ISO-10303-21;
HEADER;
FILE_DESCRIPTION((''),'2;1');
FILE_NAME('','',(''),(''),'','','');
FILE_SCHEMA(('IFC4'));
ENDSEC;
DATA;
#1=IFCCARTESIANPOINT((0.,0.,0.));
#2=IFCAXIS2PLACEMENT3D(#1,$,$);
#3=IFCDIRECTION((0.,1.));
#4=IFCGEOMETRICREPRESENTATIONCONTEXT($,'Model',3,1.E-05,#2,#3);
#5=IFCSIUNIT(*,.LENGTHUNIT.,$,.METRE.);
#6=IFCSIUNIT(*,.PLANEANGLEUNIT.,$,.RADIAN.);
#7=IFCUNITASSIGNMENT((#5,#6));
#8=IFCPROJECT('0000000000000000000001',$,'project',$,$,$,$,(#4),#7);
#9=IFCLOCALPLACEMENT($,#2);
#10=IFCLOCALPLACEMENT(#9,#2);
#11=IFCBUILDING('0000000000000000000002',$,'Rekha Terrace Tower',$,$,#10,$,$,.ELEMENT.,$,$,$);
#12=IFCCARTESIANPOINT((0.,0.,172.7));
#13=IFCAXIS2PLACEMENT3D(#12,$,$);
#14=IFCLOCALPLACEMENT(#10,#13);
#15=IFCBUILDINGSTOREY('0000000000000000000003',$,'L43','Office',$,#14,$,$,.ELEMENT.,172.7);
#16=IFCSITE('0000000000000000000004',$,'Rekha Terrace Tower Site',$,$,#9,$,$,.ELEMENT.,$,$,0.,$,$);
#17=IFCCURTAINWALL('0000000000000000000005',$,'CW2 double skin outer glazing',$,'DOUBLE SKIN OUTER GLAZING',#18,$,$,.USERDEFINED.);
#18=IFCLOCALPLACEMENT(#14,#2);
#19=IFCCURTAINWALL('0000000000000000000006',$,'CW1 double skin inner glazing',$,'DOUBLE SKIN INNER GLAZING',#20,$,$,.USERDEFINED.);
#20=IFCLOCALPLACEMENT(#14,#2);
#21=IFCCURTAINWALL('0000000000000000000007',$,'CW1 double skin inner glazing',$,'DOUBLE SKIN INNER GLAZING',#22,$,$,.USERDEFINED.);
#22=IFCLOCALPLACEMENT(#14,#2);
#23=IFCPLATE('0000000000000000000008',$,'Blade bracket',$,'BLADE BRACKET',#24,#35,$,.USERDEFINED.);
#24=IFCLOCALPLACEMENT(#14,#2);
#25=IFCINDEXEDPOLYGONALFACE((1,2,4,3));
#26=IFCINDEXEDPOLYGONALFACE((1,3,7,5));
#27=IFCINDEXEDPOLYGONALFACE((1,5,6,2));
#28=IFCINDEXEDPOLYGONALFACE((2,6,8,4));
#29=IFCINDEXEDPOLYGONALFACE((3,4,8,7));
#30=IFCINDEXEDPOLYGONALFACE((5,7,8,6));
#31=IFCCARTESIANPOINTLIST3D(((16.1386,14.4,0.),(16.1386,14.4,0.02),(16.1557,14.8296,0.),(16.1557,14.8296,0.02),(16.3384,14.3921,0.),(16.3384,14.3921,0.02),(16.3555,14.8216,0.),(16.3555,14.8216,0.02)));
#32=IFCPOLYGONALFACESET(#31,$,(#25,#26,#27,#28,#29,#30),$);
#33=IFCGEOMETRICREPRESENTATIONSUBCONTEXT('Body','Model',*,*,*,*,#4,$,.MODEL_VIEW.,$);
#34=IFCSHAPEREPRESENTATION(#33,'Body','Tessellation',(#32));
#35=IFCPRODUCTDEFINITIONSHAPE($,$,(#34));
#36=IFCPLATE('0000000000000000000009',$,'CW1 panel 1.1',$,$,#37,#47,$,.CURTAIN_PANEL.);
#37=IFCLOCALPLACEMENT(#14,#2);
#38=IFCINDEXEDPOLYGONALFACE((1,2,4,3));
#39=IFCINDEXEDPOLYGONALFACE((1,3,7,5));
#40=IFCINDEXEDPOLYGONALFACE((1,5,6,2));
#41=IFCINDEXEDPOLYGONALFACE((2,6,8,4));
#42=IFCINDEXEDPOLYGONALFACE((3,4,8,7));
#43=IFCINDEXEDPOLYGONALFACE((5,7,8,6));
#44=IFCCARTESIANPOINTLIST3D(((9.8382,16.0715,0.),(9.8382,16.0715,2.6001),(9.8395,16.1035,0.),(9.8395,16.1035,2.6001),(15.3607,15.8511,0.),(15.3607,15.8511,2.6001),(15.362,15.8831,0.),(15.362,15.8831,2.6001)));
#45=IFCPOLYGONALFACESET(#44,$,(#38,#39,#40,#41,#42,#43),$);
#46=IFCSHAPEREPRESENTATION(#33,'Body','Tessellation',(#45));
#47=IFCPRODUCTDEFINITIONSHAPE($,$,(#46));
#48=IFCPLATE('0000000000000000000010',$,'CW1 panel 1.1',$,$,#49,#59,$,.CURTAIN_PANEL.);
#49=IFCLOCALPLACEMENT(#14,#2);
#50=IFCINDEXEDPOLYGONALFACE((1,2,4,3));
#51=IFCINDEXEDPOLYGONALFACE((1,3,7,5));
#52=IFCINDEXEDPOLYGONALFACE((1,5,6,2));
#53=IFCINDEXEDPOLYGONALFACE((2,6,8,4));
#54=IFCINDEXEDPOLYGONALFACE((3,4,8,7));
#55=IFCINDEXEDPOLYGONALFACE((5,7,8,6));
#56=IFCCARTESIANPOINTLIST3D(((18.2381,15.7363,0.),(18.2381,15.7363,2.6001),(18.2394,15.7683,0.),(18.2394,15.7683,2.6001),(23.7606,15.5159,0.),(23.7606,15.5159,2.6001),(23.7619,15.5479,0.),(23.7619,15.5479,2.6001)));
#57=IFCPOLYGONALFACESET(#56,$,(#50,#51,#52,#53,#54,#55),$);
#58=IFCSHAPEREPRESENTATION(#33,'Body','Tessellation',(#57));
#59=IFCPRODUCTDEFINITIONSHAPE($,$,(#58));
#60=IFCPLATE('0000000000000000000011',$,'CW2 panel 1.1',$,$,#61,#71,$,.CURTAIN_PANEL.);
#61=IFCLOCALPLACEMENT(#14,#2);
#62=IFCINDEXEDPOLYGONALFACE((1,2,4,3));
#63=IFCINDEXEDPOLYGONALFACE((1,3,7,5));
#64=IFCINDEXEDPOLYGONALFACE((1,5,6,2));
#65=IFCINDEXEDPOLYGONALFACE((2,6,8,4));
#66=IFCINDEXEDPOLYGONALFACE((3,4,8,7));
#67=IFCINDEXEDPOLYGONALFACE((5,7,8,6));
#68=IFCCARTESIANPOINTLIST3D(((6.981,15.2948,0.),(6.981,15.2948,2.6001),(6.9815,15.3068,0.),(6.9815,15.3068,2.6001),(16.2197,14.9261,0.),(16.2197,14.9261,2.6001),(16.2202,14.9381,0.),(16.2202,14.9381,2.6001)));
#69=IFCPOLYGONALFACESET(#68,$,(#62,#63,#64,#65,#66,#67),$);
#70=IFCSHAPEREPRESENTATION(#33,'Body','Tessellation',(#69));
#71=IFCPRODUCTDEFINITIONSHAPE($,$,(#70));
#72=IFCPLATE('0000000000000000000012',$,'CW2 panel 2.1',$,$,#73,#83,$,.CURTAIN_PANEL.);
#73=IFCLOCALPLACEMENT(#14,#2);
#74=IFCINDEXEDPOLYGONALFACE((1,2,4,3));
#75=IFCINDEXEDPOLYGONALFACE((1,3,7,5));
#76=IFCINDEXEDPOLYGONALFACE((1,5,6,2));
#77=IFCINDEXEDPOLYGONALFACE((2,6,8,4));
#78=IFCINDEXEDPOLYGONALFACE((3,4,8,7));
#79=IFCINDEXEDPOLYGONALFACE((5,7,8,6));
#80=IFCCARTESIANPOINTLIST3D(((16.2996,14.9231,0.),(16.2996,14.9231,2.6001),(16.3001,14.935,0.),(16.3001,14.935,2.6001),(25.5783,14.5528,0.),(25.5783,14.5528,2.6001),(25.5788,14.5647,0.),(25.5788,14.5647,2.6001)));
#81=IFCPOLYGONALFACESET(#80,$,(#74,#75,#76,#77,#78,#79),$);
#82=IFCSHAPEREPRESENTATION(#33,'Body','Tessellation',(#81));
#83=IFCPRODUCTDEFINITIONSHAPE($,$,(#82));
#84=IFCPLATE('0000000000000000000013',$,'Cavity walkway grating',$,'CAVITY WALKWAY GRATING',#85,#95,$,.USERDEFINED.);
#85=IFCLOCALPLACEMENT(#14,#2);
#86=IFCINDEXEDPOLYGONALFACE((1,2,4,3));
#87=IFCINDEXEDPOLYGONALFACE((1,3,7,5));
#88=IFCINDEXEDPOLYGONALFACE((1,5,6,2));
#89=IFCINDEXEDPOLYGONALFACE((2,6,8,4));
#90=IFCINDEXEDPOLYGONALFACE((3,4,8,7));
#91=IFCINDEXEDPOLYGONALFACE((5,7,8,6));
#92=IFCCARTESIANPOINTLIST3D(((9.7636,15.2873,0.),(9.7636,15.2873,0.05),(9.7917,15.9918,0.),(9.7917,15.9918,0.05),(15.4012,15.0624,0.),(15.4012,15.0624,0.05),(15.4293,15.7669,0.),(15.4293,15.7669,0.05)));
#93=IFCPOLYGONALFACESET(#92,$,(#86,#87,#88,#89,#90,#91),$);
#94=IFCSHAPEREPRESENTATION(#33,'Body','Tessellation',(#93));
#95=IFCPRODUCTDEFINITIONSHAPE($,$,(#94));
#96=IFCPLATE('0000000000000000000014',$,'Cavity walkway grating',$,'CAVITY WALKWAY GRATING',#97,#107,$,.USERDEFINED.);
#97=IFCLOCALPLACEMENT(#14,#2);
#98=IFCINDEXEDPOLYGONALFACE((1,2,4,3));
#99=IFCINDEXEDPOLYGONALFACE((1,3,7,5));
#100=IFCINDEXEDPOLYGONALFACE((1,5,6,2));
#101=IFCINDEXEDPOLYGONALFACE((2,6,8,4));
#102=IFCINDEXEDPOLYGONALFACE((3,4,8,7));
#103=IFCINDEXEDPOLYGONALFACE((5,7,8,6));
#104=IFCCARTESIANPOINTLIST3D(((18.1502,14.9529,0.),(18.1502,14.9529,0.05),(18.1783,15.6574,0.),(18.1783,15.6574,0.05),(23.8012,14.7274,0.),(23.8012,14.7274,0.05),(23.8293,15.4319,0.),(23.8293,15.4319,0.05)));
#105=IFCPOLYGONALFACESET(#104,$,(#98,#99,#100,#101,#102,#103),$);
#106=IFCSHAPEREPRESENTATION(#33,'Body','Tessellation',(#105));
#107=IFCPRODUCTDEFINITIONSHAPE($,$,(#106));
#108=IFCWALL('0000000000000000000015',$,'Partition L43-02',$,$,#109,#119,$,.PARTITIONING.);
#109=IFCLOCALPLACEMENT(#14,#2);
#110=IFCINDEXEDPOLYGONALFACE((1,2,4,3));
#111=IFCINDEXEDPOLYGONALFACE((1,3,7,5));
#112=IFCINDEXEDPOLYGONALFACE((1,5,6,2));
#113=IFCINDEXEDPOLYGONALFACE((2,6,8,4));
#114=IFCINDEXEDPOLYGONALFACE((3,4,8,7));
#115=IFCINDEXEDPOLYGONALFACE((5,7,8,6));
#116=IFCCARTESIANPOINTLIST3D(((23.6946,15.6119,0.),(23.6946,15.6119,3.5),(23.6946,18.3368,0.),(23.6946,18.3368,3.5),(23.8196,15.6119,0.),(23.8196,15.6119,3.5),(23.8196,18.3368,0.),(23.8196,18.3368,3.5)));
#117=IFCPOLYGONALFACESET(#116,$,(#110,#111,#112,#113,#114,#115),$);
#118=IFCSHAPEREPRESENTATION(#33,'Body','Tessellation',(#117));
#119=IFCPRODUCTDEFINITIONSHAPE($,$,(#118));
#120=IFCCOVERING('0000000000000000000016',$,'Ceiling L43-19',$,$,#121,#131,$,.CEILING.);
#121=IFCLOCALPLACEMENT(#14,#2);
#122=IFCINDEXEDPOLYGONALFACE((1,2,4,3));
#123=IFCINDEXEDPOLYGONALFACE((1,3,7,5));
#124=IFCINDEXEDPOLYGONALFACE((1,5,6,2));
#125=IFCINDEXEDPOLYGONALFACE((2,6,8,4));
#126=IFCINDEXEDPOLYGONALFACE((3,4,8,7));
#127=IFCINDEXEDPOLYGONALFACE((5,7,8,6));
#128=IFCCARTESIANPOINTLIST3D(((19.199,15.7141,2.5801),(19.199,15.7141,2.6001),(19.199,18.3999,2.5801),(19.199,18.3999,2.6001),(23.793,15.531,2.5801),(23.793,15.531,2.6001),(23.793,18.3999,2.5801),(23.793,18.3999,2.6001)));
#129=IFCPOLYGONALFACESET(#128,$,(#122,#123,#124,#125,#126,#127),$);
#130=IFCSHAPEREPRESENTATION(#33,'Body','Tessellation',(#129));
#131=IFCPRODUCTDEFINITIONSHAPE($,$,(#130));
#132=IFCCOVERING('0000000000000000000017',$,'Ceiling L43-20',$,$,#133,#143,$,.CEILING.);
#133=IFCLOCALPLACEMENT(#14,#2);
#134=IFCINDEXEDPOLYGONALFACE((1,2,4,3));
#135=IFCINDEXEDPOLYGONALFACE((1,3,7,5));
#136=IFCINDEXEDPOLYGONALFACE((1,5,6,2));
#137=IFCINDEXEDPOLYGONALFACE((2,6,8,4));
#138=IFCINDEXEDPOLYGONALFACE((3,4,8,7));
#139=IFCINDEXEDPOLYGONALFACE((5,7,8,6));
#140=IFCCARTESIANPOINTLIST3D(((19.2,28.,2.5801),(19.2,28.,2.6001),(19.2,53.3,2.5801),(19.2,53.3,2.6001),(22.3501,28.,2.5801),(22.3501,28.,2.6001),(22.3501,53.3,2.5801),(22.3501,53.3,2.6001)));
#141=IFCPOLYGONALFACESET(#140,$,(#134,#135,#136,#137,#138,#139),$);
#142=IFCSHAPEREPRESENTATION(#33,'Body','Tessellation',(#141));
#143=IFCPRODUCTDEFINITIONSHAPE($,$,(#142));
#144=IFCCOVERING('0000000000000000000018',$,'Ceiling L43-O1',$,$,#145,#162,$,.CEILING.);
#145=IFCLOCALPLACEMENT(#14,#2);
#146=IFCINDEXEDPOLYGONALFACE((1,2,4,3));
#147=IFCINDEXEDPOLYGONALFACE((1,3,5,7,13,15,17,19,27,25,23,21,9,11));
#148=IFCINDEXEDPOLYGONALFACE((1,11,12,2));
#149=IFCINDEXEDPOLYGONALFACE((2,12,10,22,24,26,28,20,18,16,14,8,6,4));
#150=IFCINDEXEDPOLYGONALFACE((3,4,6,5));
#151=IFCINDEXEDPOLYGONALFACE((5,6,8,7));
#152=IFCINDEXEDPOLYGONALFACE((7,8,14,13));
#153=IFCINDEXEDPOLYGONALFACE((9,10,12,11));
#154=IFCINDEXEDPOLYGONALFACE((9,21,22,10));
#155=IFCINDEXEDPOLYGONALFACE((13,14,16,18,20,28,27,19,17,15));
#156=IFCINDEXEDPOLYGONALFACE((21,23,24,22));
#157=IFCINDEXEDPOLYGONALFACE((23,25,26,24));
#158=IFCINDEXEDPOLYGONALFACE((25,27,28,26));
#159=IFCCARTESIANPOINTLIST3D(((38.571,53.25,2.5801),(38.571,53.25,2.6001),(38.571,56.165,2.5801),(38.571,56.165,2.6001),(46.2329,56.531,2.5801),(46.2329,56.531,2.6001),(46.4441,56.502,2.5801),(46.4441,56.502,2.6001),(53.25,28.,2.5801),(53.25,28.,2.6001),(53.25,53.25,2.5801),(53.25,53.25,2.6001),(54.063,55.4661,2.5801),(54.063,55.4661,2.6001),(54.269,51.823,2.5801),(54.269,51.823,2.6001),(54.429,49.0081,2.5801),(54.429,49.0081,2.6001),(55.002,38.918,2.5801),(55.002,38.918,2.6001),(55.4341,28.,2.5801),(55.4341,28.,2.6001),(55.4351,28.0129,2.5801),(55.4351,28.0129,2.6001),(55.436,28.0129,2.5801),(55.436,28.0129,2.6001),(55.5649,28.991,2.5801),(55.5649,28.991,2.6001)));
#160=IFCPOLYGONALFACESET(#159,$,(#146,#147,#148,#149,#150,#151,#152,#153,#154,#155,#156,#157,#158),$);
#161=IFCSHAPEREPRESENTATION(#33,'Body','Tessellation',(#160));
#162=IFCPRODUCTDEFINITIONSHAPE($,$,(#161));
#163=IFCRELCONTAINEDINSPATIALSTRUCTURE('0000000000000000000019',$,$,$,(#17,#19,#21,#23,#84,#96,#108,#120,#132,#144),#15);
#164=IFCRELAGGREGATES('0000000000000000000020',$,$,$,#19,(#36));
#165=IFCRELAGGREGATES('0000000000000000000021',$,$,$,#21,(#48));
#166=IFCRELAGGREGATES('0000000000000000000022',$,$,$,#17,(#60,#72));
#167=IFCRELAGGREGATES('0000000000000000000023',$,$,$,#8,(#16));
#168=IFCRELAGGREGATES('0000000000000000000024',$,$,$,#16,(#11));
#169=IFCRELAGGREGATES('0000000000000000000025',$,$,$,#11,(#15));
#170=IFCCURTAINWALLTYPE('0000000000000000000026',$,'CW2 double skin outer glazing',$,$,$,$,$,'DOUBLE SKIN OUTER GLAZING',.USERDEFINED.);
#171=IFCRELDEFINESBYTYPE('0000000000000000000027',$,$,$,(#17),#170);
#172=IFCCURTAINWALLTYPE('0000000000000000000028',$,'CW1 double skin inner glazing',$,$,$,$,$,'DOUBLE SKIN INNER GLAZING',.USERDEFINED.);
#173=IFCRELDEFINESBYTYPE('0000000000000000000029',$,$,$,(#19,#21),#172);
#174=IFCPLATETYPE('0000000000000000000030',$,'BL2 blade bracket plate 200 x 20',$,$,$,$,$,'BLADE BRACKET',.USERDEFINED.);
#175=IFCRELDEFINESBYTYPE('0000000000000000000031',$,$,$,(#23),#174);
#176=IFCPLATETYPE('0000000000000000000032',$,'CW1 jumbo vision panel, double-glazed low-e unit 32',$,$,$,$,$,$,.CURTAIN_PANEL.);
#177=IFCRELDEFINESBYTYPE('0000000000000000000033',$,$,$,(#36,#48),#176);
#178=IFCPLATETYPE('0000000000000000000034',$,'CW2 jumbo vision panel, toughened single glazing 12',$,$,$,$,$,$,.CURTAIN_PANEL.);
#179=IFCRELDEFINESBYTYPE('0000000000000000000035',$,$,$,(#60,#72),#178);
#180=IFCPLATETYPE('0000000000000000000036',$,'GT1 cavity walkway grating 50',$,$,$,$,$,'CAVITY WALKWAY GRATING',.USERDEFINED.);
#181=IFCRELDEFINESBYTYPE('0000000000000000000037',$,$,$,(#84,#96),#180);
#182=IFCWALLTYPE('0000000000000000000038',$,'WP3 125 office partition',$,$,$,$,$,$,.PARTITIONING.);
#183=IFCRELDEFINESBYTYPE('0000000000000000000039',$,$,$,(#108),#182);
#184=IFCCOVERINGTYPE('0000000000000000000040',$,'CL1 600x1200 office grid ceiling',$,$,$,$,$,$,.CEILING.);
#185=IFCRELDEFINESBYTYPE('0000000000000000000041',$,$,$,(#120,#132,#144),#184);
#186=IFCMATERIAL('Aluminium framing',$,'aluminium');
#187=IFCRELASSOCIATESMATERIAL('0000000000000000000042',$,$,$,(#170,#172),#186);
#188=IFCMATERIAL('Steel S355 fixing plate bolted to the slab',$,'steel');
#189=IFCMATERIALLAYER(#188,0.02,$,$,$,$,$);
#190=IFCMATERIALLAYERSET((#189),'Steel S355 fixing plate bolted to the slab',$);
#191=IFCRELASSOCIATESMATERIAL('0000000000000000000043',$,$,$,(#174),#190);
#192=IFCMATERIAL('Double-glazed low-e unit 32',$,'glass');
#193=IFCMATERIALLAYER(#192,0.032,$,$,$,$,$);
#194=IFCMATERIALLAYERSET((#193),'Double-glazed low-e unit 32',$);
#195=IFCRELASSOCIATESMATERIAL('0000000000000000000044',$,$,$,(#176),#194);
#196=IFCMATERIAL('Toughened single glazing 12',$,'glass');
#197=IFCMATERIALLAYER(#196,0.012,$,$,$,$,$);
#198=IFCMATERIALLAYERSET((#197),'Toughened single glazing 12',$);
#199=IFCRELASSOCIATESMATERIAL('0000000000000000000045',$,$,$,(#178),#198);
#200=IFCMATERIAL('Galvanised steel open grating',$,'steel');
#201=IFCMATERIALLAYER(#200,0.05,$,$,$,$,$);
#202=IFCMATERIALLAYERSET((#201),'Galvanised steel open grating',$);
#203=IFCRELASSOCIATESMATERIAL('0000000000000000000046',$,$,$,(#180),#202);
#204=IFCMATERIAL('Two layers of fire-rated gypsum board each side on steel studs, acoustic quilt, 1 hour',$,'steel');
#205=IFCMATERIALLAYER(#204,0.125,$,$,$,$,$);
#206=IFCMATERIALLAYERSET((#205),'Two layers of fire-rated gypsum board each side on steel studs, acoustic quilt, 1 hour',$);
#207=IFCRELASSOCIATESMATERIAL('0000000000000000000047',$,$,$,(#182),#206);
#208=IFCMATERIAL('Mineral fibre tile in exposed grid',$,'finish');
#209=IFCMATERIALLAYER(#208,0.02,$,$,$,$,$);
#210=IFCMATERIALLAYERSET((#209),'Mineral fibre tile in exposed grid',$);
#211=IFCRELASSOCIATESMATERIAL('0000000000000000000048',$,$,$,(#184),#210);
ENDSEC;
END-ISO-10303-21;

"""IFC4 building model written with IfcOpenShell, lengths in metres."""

from ifc_helpers import new_model, si_unit, direction, frame, frame_2d, origin, origin_2d, place, context, subcontext, project, spatial, polyline, rectangle, outline, extrude, material, layer, layer_set, type_object, element, aggregate, save


model = new_model("IFC4")

# Units and contexts
model_context = context("Model", 3, precision=1e-05, world=origin(), true_north=direction((0.0, 1.0)))
body_context = subcontext(model_context, "Body", "Model", "MODEL_VIEW")
ifc_project = project(units=[si_unit("LENGTHUNIT", "METRE"), si_unit("PLANEANGLEUNIT", "RADIAN")], contexts=[model_context])

# Site, building, storey
site_placement = place(None, origin())
site = spatial("IfcSite", under=ifc_project, at=site_placement, Name="Rekha Terrace Tower Site", CompositionType="ELEMENT", RefElevation=0.0)
building_placement = place(site_placement, origin())
building = spatial("IfcBuilding", under=site, at=building_placement, Name="Rekha Terrace Tower", CompositionType="ELEMENT")
storey_placement = place(building_placement, frame((0.0, 0.0, 172.7)))
storey = spatial("IfcBuildingStorey", under=building, at=storey_placement, Name="L43", Description="Office", CompositionType="ELEMENT", Elevation=172.7)

# Curtain wall
ifc_material_1 = material(Name="Aluminium framing", Category="aluminium")
curtain_wall_type_1 = type_object("IfcCurtainWallType", Name="CW2 double skin outer glazing", ElementType="DOUBLE SKIN OUTER GLAZING", PredefinedType="USERDEFINED", material=ifc_material_1)
curtain_wall_1_placement = place(storey_placement, origin())
curtain_wall_1 = element("IfcCurtainWall", 1, at=curtain_wall_1_placement, inside=storey, type_object=curtain_wall_type_1, Name="CW2 double skin outer glazing", ObjectType="DOUBLE SKIN OUTER GLAZING", PredefinedType="USERDEFINED")

# Curtain wall
curtain_wall_type_2 = type_object("IfcCurtainWallType", Name="CW1 double skin inner glazing", ElementType="DOUBLE SKIN INNER GLAZING", PredefinedType="USERDEFINED", material=ifc_material_1)
curtain_wall_2_placement = place(storey_placement, origin())
curtain_wall_2 = element("IfcCurtainWall", 2, at=curtain_wall_2_placement, inside=storey, type_object=curtain_wall_type_2, Name="CW1 double skin inner glazing", ObjectType="DOUBLE SKIN INNER GLAZING", PredefinedType="USERDEFINED")

# Curtain wall
curtain_wall_3_placement = place(storey_placement, origin())
curtain_wall_3 = element("IfcCurtainWall", 3, at=curtain_wall_3_placement, inside=storey, type_object=curtain_wall_type_2, Name="CW1 double skin inner glazing", ObjectType="DOUBLE SKIN INNER GLAZING", PredefinedType="USERDEFINED")

# Plates
ifc_material_2 = material(Name="Steel S355 fixing plate bolted to the slab", Category="steel")
ifc_layer_1 = layer(ifc_material_2, 0.02)
ifc_layer_set_1 = layer_set([ifc_layer_1], Name="Steel S355 fixing plate bolted to the slab")
plate_type_1 = type_object("IfcPlateType", Name="BL2 blade bracket plate 200 x 20", ElementType="BLADE BRACKET", PredefinedType="USERDEFINED", material=ifc_layer_set_1)
plate_1_placement = place(storey_placement, frame((16.2471, 14.6108, 0.0), z_axis=(0.0, 0.0, 1.0), x_axis=(-0.039872, -0.999205, 0.0)))
element("IfcPlate", 4, at=plate_1_placement, inside=storey, type_object=plate_type_1, Name="Blade bracket", ObjectType="BLADE BRACKET", PredefinedType="USERDEFINED", context=body_context, shape_type="SweptSolid", body=[
    extrude(rectangle(XDim=0.4299, YDim=0.2, at=origin_2d()), origin(), (0.0, 0.0, 1.0), 0.02),
])
ifc_material_3 = material(Name="Double-glazed low-e unit 32", Category="glass")
ifc_layer_2 = layer(ifc_material_3, 0.032)
ifc_layer_set_2 = layer_set([ifc_layer_2], Name="Double-glazed low-e unit 32")
plate_type_2 = type_object("IfcPlateType", Name="CW1 jumbo vision panel, double-glazed low-e unit 32", PredefinedType="CURTAIN_PANEL", material=ifc_layer_set_2)
plate_2_placement = place(storey_placement, frame((12.6001, 15.9773, 0.0), z_axis=(0.0, 0.0, 1.0), x_axis=(0.999205, -0.039872, 0.0)))
plate_2 = element("IfcPlate", 5, at=plate_2_placement, type_object=plate_type_2, Name="CW1 panel 1.1", PredefinedType="CURTAIN_PANEL", context=body_context, shape_type="SweptSolid", body=[
    extrude(rectangle(XDim=5.5269, YDim=0.032, at=origin_2d()), origin(), (0.0, 0.0, 1.0), 2.6001),
])
aggregate(curtain_wall_2, [plate_2])
plate_3_placement = place(storey_placement, frame((21.0, 15.6421, 0.0), z_axis=(0.0, 0.0, 1.0), x_axis=(0.999205, -0.039872, 0.0)))
plate_3 = element("IfcPlate", 6, at=plate_3_placement, type_object=plate_type_2, Name="CW1 panel 1.1", PredefinedType="CURTAIN_PANEL", context=body_context, shape_type="SweptSolid", body=[
    extrude(rectangle(XDim=5.5269, YDim=0.032, at=origin_2d()), origin(), (0.0, 0.0, 1.0), 2.6001),
])
aggregate(curtain_wall_3, [plate_3])
ifc_material_4 = material(Name="Toughened single glazing 12", Category="glass")
ifc_layer_3 = layer(ifc_material_4, 0.012)
ifc_layer_set_3 = layer_set([ifc_layer_3], Name="Toughened single glazing 12")
plate_type_3 = type_object("IfcPlateType", Name="CW2 jumbo vision panel, toughened single glazing 12", PredefinedType="CURTAIN_PANEL", material=ifc_layer_set_3)
plate_4_placement = place(storey_placement, frame((11.6006, 15.1165, 0.0), z_axis=(0.0, 0.0, 1.0), x_axis=(0.999205, -0.039872, 0.0)))
plate_4 = element("IfcPlate", 7, at=plate_4_placement, type_object=plate_type_3, Name="CW2 panel 1.1", PredefinedType="CURTAIN_PANEL", context=body_context, shape_type="SweptSolid", body=[
    extrude(rectangle(XDim=9.2461, YDim=0.012, at=origin_2d()), origin(), (0.0, 0.0, 1.0), 2.6001),
])
plate_5_placement = place(storey_placement, frame((20.9392, 14.7439, 0.0), z_axis=(0.0, 0.0, 1.0), x_axis=(0.999205, -0.039872, 0.0)))
plate_5 = element("IfcPlate", 8, at=plate_5_placement, type_object=plate_type_3, Name="CW2 panel 2.1", PredefinedType="CURTAIN_PANEL", context=body_context, shape_type="SweptSolid", body=[
    extrude(rectangle(XDim=9.2861, YDim=0.012, at=origin_2d()), origin(), (0.0, 0.0, 1.0), 2.6001),
])
aggregate(curtain_wall_1, [plate_4, plate_5])

# Plates
ifc_material_5 = material(Name="Galvanised steel open grating", Category="steel")
ifc_layer_4 = layer(ifc_material_5, 0.05)
ifc_layer_set_4 = layer_set([ifc_layer_4], Name="Galvanised steel open grating")
plate_type_4 = type_object("IfcPlateType", Name="GT1 cavity walkway grating 50", ElementType="CAVITY WALKWAY GRATING", PredefinedType="USERDEFINED", material=ifc_layer_set_4)
plate_6_placement = place(storey_placement, frame((12.5964, 15.5271, 0.0), z_axis=(0.0, 0.0, 1.0), x_axis=(0.999205, -0.039872, 0.0)))
element("IfcPlate", 9, at=plate_6_placement, inside=storey, type_object=plate_type_4, Name="Cavity walkway grating", ObjectType="CAVITY WALKWAY GRATING", PredefinedType="USERDEFINED", context=body_context, shape_type="SweptSolid", body=[
    extrude(rectangle(XDim=5.6421, YDim=0.7051, at=origin_2d()), origin(), (0.0, 0.0, 1.0), 0.05),
])
plate_7_placement = place(storey_placement, frame((20.9897, 15.1924, 0.0), z_axis=(0.0, 0.0, 1.0), x_axis=(0.999205, -0.039872, 0.0)))
element("IfcPlate", 10, at=plate_7_placement, inside=storey, type_object=plate_type_4, Name="Cavity walkway grating", ObjectType="CAVITY WALKWAY GRATING", PredefinedType="USERDEFINED", context=body_context, shape_type="SweptSolid", body=[
    extrude(rectangle(XDim=5.6555, YDim=0.7051, at=origin_2d()), origin(), (0.0, 0.0, 1.0), 0.05),
])

# Wall
ifc_material_6 = material(Name="Two layers of fire-rated gypsum board each side on steel studs, acoustic quilt, 1 hour", Category="steel")
ifc_layer_5 = layer(ifc_material_6, 0.125)
ifc_layer_set_5 = layer_set([ifc_layer_5], Name="Two layers of fire-rated gypsum board each side on steel studs, acoustic quilt, 1 hour")
wall_type = type_object("IfcWallType", Name="WP3 125 office partition", PredefinedType="PARTITIONING", material=ifc_layer_set_5)
wall_placement = place(storey_placement, frame((23.7571, 15.6121, 0.0), z_axis=(0.0, 0.0, 1.0), x_axis=(0.0, 1.0, 0.0)))
element("IfcWall", 11, at=wall_placement, inside=storey, type_object=wall_type, Name="Partition L43-02", PredefinedType="PARTITIONING", context=body_context, shape_type="SweptSolid", body=[
    extrude(rectangle(XDim=2.7249, YDim=0.125, at=frame_2d((1.3623, 0.0))), origin(), (0.0, 0.0, 1.0), 3.5),
])

# Coverings
ifc_material_7 = material(Name="Mineral fibre tile in exposed grid", Category="finish")
ifc_layer_6 = layer(ifc_material_7, 0.02)
ifc_layer_set_6 = layer_set([ifc_layer_6], Name="Mineral fibre tile in exposed grid")
covering_type_1 = type_object("IfcCoveringType", Name="CL1 600x1200 office grid ceiling", PredefinedType="CEILING", material=ifc_layer_set_6)
covering_1_placement = place(storey_placement, frame((0.0, 0.0, 2.5801)))
element("IfcCovering", 12, at=covering_1_placement, inside=storey, type_object=covering_type_1, Name="Ceiling L43-19", PredefinedType="CEILING", context=body_context, shape_type="SweptSolid", body=[
    extrude(outline(polyline([(19.199, 15.7141), (23.793, 15.531), (23.793, 18.3999), (19.199, 18.3999), (19.199, 15.7141)])), origin(), (0.0, 0.0, 1.0), 0.02),
])
covering_2_placement = place(storey_placement, frame((0.0, 0.0, 2.5801)))
element("IfcCovering", 13, at=covering_2_placement, inside=storey, type_object=covering_type_1, Name="Ceiling L43-20", PredefinedType="CEILING", context=body_context, shape_type="SweptSolid", body=[
    extrude(outline(polyline([(19.2, 53.3), (19.2, 28.0), (22.3501, 28.0), (22.3501, 53.3), (19.2, 53.3)])), origin(), (0.0, 0.0, 1.0), 0.02),
])
covering_3_placement = place(storey_placement, frame((0.0, 0.0, 2.5801)))
element("IfcCovering", 14, at=covering_3_placement, inside=storey, type_object=covering_type_1, Name="Ceiling L43-O1", PredefinedType="CEILING", context=body_context, shape_type="SweptSolid", body=[
    extrude(outline(polyline([(54.063, 55.4661), (46.4441, 56.502), (46.2329, 56.531), (38.571, 56.165), (38.571, 53.25), (53.25, 53.25), (53.25, 28.0), (55.4341, 28.0), (55.4351, 28.0129), (55.436, 28.0129), (55.5649, 28.991), (55.002, 38.918), (54.429, 49.0081), (54.269, 51.823), (54.063, 55.4661)])), origin(), (0.0, 0.0, 1.0), 0.02),
])

save(model, "model.ifc")
